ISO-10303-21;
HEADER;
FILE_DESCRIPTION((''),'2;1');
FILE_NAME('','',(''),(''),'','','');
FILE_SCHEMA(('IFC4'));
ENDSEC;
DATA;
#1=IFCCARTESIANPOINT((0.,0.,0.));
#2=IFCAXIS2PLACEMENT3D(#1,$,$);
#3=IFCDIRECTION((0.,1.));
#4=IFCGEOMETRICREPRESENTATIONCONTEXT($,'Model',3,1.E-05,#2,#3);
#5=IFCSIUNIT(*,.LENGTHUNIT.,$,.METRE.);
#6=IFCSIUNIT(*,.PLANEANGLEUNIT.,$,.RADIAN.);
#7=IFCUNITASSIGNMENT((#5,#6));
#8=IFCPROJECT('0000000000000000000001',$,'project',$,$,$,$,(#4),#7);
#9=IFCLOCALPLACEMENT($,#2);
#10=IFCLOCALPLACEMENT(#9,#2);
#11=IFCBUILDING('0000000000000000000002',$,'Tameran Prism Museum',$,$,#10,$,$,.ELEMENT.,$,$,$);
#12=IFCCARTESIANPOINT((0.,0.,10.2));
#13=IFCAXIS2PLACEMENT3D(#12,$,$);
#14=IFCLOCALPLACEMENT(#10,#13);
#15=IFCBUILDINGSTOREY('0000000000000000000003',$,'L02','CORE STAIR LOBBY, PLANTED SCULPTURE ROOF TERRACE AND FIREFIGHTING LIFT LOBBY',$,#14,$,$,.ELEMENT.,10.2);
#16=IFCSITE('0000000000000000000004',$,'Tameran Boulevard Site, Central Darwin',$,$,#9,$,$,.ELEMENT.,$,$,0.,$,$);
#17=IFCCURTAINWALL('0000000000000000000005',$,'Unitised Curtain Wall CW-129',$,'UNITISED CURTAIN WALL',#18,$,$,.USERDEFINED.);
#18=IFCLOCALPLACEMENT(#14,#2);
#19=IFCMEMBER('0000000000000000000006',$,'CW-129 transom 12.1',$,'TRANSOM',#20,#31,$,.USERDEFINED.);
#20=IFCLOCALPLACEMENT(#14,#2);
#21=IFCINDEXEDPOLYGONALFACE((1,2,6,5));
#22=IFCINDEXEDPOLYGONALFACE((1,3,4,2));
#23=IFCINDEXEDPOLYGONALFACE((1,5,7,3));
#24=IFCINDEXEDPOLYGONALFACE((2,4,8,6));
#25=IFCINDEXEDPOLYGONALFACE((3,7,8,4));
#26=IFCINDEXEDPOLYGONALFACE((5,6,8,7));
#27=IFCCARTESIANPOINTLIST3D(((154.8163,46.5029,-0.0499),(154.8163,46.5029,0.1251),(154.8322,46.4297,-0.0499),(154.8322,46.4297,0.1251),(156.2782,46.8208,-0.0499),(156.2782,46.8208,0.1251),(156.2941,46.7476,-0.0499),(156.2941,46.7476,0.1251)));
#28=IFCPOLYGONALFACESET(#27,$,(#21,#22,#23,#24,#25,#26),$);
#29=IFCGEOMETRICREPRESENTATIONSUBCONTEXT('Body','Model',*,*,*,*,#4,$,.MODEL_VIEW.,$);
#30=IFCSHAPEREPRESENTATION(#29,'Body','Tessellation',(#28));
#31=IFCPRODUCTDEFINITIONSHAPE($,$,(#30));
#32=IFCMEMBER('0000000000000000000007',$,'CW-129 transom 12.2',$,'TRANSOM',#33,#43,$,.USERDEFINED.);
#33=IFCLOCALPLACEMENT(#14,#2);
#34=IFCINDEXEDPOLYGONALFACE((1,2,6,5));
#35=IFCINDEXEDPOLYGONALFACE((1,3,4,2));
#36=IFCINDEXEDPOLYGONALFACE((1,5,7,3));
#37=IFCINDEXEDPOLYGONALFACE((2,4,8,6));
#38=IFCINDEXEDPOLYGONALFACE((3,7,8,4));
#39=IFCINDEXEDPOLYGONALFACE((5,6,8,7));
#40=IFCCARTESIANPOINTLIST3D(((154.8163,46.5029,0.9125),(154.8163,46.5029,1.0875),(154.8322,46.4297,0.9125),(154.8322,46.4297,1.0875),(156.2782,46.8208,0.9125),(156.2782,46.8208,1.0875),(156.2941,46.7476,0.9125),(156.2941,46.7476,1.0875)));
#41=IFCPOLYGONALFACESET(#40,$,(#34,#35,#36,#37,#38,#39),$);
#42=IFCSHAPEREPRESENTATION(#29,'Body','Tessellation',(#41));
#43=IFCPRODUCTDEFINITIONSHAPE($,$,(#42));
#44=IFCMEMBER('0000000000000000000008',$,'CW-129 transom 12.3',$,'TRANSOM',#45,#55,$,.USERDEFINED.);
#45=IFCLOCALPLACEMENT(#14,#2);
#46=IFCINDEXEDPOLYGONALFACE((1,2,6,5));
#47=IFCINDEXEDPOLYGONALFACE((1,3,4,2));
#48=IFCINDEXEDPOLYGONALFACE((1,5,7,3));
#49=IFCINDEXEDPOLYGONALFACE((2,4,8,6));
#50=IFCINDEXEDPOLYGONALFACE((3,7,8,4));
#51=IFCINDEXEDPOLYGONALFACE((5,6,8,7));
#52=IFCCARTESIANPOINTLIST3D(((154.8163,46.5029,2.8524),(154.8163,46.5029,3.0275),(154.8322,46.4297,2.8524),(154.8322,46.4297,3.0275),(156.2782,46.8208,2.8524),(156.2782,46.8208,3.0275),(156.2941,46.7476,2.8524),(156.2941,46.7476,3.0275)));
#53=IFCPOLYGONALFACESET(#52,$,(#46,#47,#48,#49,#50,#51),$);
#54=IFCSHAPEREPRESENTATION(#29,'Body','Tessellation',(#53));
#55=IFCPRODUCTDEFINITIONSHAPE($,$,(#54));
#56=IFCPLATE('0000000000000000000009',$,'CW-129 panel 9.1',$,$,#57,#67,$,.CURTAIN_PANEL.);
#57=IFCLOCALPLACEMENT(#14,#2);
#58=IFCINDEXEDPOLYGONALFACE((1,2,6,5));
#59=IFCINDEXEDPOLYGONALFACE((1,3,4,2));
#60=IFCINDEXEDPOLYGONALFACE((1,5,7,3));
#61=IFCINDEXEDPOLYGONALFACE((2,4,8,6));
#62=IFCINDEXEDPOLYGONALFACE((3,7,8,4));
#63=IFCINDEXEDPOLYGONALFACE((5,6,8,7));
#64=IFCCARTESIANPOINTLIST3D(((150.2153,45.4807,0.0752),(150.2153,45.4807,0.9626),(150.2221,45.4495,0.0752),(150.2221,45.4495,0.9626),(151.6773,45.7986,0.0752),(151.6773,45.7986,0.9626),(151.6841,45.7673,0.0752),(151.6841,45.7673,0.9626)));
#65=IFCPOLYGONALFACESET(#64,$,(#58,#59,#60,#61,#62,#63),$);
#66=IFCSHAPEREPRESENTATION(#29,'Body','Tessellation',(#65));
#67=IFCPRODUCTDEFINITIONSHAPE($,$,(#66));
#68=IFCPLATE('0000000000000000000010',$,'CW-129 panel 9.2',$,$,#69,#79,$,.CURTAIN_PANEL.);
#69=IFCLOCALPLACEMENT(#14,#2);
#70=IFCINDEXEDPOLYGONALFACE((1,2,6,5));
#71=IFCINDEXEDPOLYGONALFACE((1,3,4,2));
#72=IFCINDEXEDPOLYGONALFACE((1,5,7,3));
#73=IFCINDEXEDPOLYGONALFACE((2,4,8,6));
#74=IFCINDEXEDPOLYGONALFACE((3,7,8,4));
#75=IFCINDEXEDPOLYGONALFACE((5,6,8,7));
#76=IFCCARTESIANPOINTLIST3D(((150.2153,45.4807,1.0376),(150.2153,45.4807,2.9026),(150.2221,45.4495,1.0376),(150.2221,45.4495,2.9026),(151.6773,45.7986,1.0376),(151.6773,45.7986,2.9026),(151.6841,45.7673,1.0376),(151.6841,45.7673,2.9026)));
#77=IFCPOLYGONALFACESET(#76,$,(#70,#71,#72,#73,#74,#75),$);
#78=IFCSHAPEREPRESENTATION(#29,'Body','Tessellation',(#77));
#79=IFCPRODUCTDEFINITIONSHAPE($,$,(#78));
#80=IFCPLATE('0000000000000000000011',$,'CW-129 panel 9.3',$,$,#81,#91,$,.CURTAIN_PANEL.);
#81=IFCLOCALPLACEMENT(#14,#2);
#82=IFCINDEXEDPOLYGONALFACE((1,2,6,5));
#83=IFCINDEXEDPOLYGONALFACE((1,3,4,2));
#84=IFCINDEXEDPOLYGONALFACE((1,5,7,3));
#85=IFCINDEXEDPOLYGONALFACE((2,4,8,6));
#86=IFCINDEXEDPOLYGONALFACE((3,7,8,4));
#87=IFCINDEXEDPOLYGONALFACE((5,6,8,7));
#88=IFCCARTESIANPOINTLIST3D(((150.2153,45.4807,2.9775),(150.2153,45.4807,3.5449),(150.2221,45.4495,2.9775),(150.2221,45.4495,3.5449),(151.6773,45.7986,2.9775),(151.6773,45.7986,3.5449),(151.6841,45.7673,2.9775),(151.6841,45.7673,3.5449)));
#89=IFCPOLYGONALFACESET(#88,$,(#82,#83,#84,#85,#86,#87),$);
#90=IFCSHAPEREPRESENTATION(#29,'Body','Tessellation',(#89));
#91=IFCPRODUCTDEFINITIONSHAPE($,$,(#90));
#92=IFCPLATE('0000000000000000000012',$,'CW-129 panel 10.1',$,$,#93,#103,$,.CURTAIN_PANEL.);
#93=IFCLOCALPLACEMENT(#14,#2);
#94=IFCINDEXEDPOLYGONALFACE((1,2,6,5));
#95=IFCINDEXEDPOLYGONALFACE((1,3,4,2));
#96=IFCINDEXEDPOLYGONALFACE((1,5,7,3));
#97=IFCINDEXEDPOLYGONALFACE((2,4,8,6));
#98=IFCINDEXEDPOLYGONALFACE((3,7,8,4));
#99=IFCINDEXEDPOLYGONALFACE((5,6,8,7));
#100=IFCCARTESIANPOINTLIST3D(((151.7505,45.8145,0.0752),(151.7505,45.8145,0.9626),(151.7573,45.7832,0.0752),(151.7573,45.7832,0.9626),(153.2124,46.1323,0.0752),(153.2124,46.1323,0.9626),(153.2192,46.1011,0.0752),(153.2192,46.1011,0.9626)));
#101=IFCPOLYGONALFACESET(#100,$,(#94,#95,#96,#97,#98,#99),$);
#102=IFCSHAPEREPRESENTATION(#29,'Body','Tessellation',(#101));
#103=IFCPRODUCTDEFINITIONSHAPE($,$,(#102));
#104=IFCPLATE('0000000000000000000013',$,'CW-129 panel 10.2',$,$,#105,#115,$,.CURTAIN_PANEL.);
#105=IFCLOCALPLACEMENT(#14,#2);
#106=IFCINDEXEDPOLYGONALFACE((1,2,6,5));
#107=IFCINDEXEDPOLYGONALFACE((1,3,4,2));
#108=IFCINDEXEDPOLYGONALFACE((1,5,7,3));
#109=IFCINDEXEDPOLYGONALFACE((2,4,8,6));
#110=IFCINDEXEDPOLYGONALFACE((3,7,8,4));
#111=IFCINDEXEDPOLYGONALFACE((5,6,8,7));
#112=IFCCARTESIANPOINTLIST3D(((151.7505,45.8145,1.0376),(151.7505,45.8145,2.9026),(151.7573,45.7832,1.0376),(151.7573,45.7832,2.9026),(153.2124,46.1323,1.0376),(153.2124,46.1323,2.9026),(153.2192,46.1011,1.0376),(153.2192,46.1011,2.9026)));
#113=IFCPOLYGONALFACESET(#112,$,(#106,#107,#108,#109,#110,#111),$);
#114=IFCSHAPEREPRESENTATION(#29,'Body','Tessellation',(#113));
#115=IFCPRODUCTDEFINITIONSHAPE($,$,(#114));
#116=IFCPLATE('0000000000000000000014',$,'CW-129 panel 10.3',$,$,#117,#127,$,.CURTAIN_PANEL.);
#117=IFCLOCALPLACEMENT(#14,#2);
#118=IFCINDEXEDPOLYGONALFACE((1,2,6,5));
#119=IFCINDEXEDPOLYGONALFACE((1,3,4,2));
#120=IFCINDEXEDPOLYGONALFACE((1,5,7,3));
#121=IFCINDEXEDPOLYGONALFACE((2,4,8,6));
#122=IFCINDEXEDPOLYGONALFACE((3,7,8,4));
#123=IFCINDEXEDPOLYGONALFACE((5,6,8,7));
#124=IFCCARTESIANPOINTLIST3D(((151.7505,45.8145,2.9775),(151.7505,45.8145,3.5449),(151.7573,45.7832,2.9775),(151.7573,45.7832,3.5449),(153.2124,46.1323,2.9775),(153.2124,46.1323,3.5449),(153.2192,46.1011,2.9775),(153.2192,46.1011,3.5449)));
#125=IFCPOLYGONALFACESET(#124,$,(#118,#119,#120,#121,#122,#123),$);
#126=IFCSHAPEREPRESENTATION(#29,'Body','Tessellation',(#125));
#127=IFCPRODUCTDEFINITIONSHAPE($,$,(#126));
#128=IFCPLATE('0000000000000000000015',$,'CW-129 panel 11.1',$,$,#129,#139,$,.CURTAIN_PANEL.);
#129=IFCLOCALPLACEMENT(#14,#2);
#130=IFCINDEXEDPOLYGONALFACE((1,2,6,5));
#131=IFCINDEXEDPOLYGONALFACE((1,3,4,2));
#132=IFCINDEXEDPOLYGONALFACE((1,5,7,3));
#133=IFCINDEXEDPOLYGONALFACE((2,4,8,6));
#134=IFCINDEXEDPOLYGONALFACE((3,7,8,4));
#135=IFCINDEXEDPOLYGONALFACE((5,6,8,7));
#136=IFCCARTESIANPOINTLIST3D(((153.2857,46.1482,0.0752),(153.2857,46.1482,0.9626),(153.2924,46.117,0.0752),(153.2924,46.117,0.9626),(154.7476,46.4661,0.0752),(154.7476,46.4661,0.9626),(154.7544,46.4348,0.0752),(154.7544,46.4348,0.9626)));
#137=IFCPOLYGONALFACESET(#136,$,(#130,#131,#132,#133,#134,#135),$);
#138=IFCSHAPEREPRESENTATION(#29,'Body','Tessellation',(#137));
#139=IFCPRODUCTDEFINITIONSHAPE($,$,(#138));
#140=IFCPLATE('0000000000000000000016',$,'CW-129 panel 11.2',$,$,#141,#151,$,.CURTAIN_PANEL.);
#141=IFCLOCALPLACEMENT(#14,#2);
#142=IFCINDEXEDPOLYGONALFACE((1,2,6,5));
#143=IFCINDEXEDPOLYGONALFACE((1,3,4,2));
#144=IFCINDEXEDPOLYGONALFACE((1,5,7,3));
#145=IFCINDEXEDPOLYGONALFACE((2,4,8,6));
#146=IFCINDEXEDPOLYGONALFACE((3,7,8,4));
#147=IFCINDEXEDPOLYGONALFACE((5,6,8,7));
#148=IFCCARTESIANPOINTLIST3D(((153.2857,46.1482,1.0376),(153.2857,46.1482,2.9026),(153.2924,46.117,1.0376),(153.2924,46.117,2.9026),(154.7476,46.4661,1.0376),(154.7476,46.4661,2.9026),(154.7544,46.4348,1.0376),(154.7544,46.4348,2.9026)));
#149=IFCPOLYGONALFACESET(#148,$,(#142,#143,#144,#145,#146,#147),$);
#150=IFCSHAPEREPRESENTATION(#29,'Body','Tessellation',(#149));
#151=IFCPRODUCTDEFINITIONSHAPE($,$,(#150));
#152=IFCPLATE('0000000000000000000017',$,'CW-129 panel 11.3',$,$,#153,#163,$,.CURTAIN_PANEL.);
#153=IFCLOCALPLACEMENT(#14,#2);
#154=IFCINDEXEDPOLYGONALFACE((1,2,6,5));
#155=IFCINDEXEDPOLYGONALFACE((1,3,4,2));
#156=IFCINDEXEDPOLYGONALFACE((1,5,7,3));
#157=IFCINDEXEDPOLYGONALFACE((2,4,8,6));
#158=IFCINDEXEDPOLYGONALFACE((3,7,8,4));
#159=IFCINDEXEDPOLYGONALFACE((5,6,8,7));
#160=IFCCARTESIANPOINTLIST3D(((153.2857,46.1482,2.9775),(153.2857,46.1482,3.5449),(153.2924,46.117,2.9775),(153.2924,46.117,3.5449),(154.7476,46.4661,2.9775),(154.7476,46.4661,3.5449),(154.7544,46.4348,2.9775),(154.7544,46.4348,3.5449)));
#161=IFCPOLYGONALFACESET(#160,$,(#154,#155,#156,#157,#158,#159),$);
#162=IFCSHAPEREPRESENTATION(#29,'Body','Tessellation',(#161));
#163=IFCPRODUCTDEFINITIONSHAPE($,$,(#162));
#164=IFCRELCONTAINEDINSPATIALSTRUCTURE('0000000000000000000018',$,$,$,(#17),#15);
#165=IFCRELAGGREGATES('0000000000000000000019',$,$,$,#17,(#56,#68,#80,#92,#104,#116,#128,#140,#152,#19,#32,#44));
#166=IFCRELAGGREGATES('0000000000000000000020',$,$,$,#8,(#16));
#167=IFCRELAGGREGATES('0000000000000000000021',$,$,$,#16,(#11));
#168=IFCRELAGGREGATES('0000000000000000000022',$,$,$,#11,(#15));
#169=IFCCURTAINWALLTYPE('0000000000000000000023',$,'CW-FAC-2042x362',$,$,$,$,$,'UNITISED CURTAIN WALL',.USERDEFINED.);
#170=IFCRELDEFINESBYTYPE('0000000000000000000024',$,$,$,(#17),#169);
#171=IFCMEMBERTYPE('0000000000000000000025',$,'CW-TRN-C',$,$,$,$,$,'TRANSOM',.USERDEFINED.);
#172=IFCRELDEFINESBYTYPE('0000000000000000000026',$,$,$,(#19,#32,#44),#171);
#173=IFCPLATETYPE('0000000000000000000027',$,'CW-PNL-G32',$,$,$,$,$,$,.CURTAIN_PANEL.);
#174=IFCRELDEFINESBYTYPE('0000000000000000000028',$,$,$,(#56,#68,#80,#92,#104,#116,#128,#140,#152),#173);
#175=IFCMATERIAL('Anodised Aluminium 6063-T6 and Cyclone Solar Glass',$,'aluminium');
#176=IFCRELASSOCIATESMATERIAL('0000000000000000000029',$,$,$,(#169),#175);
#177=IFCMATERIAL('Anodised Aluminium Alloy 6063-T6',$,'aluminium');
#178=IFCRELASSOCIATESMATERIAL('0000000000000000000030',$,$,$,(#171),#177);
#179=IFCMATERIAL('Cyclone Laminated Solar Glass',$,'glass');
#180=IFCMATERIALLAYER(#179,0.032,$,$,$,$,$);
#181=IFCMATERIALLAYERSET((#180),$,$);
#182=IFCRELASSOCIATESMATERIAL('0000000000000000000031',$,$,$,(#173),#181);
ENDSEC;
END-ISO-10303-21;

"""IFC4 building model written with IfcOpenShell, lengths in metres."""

from ifc_helpers import new_model, si_unit, direction, frame, origin, origin_2d, place, context, subcontext, project, spatial, rectangle, extrude, material, layer, layer_set, material_profile, profile_set, type_object, element, aggregate, save


model = new_model("IFC4")

# Units and contexts
model_context = context("Model", 3, precision=1e-05, world=origin(), true_north=direction((0.0, 1.0)))
body_context = subcontext(model_context, "Body", "Model", "MODEL_VIEW")
ifc_project = project(units=[si_unit("LENGTHUNIT", "METRE"), si_unit("PLANEANGLEUNIT", "RADIAN")], contexts=[model_context])

# Site, building, storey
site_placement = place(None, origin())
site = spatial("IfcSite", under=ifc_project, at=site_placement, Name="Tameran Boulevard Site, Central Darwin", CompositionType="ELEMENT", RefElevation=0.0)
building_placement = place(site_placement, origin())
building = spatial("IfcBuilding", under=site, at=building_placement, Name="Tameran Prism Museum", CompositionType="ELEMENT")
storey_placement = place(building_placement, frame((0.0, 0.0, 10.2)))
storey = spatial("IfcBuildingStorey", under=building, at=storey_placement, Name="L02", Description="CORE STAIR LOBBY, PLANTED SCULPTURE ROOF TERRACE AND FIREFIGHTING LIFT LOBBY", CompositionType="ELEMENT", Elevation=10.2)

# Curtain wall, members, plates
ifc_material_1 = material(Name="Anodised Aluminium 6063-T6 and Cyclone Solar Glass", Category="aluminium")
curtain_wall_type = type_object("IfcCurtainWallType", Name="CW-FAC-2042x362", ElementType="UNITISED CURTAIN WALL", PredefinedType="USERDEFINED", material=ifc_material_1)
curtain_wall_placement = place(storey_placement, origin())
curtain_wall = element("IfcCurtainWall", 1, at=curtain_wall_placement, inside=storey, type_object=curtain_wall_type, Name="Unitised Curtain Wall CW-129", ObjectType="UNITISED CURTAIN WALL", PredefinedType="USERDEFINED")
ifc_material_2 = material(Name="Anodised Aluminium Alloy 6063-T6", Category="aluminium")
ifc_material_profile_1 = material_profile(ifc_material_2, rectangle(XDim=0.075, YDim=0.175, at=origin_2d()))
ifc_profile_set_1 = profile_set([ifc_material_profile_1])
member_type_1 = type_object("IfcMemberType", Name="CW-TRN-C", ElementType="TRANSOM", PredefinedType="USERDEFINED", material=ifc_profile_set_1)
member_1_placement = place(storey_placement, frame((154.8242, 46.4663, 0.0376), z_axis=(0.977168, 0.21247, 0.0), x_axis=(-0.21247, 0.977168, 0.0)))
member_1 = element("IfcMember", 2, at=member_1_placement, type_object=member_type_1, Name="CW-129 transom 12.1", ObjectType="TRANSOM", PredefinedType="USERDEFINED", context=body_context, shape_type="SweptSolid", body=[
    extrude(rectangle(XDim=0.075, YDim=0.175, at=origin_2d()), origin(), (0.0, 0.0, 1.0), 1.4961),
])
member_2_placement = place(storey_placement, frame((154.8242, 46.4663, 1.0), z_axis=(0.977168, 0.21247, 0.0), x_axis=(-0.21247, 0.977168, 0.0)))
member_2 = element("IfcMember", 3, at=member_2_placement, type_object=member_type_1, Name="CW-129 transom 12.2", ObjectType="TRANSOM", PredefinedType="USERDEFINED", context=body_context, shape_type="SweptSolid", body=[
    extrude(rectangle(XDim=0.075, YDim=0.175, at=origin_2d()), origin(), (0.0, 0.0, 1.0), 1.4961),
])
member_3_placement = place(storey_placement, frame((154.8242, 46.4663, 2.9399), z_axis=(0.977168, 0.21247, 0.0), x_axis=(-0.21247, 0.977168, 0.0)))
member_3 = element("IfcMember", 4, at=member_3_placement, type_object=member_type_1, Name="CW-129 transom 12.3", ObjectType="TRANSOM", PredefinedType="USERDEFINED", context=body_context, shape_type="SweptSolid", body=[
    extrude(rectangle(XDim=0.075, YDim=0.175, at=origin_2d()), origin(), (0.0, 0.0, 1.0), 1.4961),
])
ifc_material_3 = material(Name="Cyclone Laminated Solar Glass", Category="glass")
ifc_layer = layer(ifc_material_3, 0.032)
ifc_layer_set = layer_set([ifc_layer])
plate_type = type_object("IfcPlateType", Name="CW-PNL-G32", PredefinedType="CURTAIN_PANEL", material=ifc_layer_set)
plate_1_placement = place(storey_placement, frame((150.9497, 45.624, 0.0752), z_axis=(0.0, 0.0, 1.0), x_axis=(0.977171, 0.212454, 0.0)))
plate_1 = element("IfcPlate", 5, at=plate_1_placement, type_object=plate_type, Name="CW-129 panel 9.1", PredefinedType="CURTAIN_PANEL", context=body_context, shape_type="SweptSolid", body=[
    extrude(rectangle(XDim=1.4961, YDim=0.032, at=origin_2d()), origin(), (0.0, 0.0, 1.0), 0.8875),
])
plate_2_placement = place(storey_placement, frame((150.9497, 45.624, 1.0376), z_axis=(0.0, 0.0, 1.0), x_axis=(0.977171, 0.212454, 0.0)))
plate_2 = element("IfcPlate", 6, at=plate_2_placement, type_object=plate_type, Name="CW-129 panel 9.2", PredefinedType="CURTAIN_PANEL", context=body_context, shape_type="SweptSolid", body=[
    extrude(rectangle(XDim=1.4961, YDim=0.032, at=origin_2d()), origin(), (0.0, 0.0, 1.0), 1.865),
])
plate_3_placement = place(storey_placement, frame((150.9497, 45.624, 2.9775), z_axis=(0.0, 0.0, 1.0), x_axis=(0.977171, 0.212454, 0.0)))
plate_3 = element("IfcPlate", 7, at=plate_3_placement, type_object=plate_type, Name="CW-129 panel 9.3", PredefinedType="CURTAIN_PANEL", context=body_context, shape_type="SweptSolid", body=[
    extrude(rectangle(XDim=1.4961, YDim=0.032, at=origin_2d()), origin(), (0.0, 0.0, 1.0), 0.5674),
])
plate_4_placement = place(storey_placement, frame((152.4849, 45.9578, 0.0752), z_axis=(0.0, 0.0, 1.0), x_axis=(0.977171, 0.212454, 0.0)))
plate_4 = element("IfcPlate", 8, at=plate_4_placement, type_object=plate_type, Name="CW-129 panel 10.1", PredefinedType="CURTAIN_PANEL", context=body_context, shape_type="SweptSolid", body=[
    extrude(rectangle(XDim=1.4961, YDim=0.032, at=origin_2d()), origin(), (0.0, 0.0, 1.0), 0.8875),
])
plate_5_placement = place(storey_placement, frame((152.4849, 45.9578, 1.0376), z_axis=(0.0, 0.0, 1.0), x_axis=(0.977171, 0.212454, 0.0)))
plate_5 = element("IfcPlate", 9, at=plate_5_placement, type_object=plate_type, Name="CW-129 panel 10.2", PredefinedType="CURTAIN_PANEL", context=body_context, shape_type="SweptSolid", body=[
    extrude(rectangle(XDim=1.4961, YDim=0.032, at=origin_2d()), origin(), (0.0, 0.0, 1.0), 1.865),
])
plate_6_placement = place(storey_placement, frame((152.4849, 45.9578, 2.9775), z_axis=(0.0, 0.0, 1.0), x_axis=(0.977171, 0.212454, 0.0)))
plate_6 = element("IfcPlate", 10, at=plate_6_placement, type_object=plate_type, Name="CW-129 panel 10.3", PredefinedType="CURTAIN_PANEL", context=body_context, shape_type="SweptSolid", body=[
    extrude(rectangle(XDim=1.4961, YDim=0.032, at=origin_2d()), origin(), (0.0, 0.0, 1.0), 0.5674),
])
plate_7_placement = place(storey_placement, frame((154.02, 46.2915, 0.0752), z_axis=(0.0, 0.0, 1.0), x_axis=(0.977171, 0.212454, 0.0)))
plate_7 = element("IfcPlate", 11, at=plate_7_placement, type_object=plate_type, Name="CW-129 panel 11.1", PredefinedType="CURTAIN_PANEL", context=body_context, shape_type="SweptSolid", body=[
    extrude(rectangle(XDim=1.4961, YDim=0.032, at=origin_2d()), origin(), (0.0, 0.0, 1.0), 0.8875),
])
plate_8_placement = place(storey_placement, frame((154.02, 46.2915, 1.0376), z_axis=(0.0, 0.0, 1.0), x_axis=(0.977171, 0.212454, 0.0)))
plate_8 = element("IfcPlate", 12, at=plate_8_placement, type_object=plate_type, Name="CW-129 panel 11.2", PredefinedType="CURTAIN_PANEL", context=body_context, shape_type="SweptSolid", body=[
    extrude(rectangle(XDim=1.4961, YDim=0.032, at=origin_2d()), origin(), (0.0, 0.0, 1.0), 1.865),
])
plate_9_placement = place(storey_placement, frame((154.02, 46.2915, 2.9775), z_axis=(0.0, 0.0, 1.0), x_axis=(0.977171, 0.212454, 0.0)))
plate_9 = element("IfcPlate", 13, at=plate_9_placement, type_object=plate_type, Name="CW-129 panel 11.3", PredefinedType="CURTAIN_PANEL", context=body_context, shape_type="SweptSolid", body=[
    extrude(rectangle(XDim=1.4961, YDim=0.032, at=origin_2d()), origin(), (0.0, 0.0, 1.0), 0.5674),
])
aggregate(curtain_wall, [plate_1, plate_2, plate_3, plate_4, plate_5, plate_6, plate_7, plate_8, plate_9, member_1, member_2, member_3])

save(model, "model.ifc")
